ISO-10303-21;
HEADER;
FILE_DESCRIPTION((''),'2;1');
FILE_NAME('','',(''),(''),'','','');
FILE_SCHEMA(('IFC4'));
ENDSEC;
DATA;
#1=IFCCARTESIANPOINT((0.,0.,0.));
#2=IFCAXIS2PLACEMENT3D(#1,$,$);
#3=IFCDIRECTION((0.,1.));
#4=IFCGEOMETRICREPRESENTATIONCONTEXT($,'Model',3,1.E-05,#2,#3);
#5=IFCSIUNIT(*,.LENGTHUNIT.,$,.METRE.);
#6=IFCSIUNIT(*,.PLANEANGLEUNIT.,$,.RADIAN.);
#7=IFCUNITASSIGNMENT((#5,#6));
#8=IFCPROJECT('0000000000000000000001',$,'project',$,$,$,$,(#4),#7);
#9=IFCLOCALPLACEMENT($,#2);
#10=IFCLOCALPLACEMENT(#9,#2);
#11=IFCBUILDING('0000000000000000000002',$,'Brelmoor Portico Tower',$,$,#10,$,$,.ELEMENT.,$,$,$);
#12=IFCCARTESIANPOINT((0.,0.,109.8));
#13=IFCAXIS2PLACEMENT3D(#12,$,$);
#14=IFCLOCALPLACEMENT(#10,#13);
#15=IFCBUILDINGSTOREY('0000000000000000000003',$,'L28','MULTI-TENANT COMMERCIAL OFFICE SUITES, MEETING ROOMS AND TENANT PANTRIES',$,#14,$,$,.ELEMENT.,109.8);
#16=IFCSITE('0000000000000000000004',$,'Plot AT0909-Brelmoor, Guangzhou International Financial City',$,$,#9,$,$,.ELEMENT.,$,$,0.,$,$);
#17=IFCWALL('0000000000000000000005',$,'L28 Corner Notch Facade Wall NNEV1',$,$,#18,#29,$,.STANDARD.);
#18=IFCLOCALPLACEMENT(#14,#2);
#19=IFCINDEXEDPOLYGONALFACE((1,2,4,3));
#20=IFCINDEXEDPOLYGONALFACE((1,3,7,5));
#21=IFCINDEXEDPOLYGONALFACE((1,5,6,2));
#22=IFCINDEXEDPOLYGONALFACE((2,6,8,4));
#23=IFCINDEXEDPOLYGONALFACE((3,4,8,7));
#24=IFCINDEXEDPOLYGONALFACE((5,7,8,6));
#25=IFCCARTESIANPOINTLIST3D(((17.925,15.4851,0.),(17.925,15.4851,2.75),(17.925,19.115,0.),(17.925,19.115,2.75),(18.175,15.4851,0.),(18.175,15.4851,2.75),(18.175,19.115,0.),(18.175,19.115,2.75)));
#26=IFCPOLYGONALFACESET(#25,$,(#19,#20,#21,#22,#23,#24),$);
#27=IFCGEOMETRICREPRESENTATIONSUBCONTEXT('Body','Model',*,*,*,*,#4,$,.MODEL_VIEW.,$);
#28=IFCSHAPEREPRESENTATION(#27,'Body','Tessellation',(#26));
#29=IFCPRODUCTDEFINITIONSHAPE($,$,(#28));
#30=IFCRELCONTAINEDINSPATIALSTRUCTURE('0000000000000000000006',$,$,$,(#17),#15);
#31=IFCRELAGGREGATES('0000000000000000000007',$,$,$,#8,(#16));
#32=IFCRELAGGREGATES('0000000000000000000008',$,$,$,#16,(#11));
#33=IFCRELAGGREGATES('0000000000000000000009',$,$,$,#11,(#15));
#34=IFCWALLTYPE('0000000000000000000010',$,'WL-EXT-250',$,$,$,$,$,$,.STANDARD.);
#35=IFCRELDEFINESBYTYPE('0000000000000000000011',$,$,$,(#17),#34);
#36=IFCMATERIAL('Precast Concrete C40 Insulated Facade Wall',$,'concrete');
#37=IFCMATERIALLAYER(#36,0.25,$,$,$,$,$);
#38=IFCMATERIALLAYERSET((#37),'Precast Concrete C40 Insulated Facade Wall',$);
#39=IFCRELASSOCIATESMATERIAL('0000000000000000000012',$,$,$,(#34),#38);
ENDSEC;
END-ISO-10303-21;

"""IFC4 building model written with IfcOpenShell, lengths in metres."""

from ifc_helpers import new_model, si_unit, direction, frame, frame_2d, origin, place, context, subcontext, project, spatial, rectangle, extrude, material, layer, layer_set, type_object, element, save


model = new_model("IFC4")

# Units and contexts
model_context = context("Model", 3, precision=1e-05, world=origin(), true_north=direction((0.0, 1.0)))
body_context = subcontext(model_context, "Body", "Model", "MODEL_VIEW")
ifc_project = project(units=[si_unit("LENGTHUNIT", "METRE"), si_unit("PLANEANGLEUNIT", "RADIAN")], contexts=[model_context])

# Site, building, storey
site_placement = place(None, origin())
site = spatial("IfcSite", under=ifc_project, at=site_placement, Name="Plot AT0909-Brelmoor, Guangzhou International Financial City", CompositionType="ELEMENT", RefElevation=0.0)
building_placement = place(site_placement, origin())
building = spatial("IfcBuilding", under=site, at=building_placement, Name="Brelmoor Portico Tower", CompositionType="ELEMENT")
storey_placement = place(building_placement, frame((0.0, 0.0, 109.8)))
storey = spatial("IfcBuildingStorey", under=building, at=storey_placement, Name="L28", Description="MULTI-TENANT COMMERCIAL OFFICE SUITES, MEETING ROOMS AND TENANT PANTRIES", CompositionType="ELEMENT", Elevation=109.8)

# Wall
ifc_material_1 = material(Name="Precast Concrete C40 Insulated Facade Wall", Category="concrete")
ifc_layer_1 = layer(ifc_material_1, 0.25)
ifc_layer_set_1 = layer_set([ifc_layer_1], Name="Precast Concrete C40 Insulated Facade Wall")
wall_type = type_object("IfcWallType", Name="WL-EXT-250", PredefinedType="STANDARD", material=ifc_layer_set_1)
for number, where, z_axis, x_axis, name in (
    (1, (18.05, 15.4851, 0.0), (0.0, 0.0, 1.0), (0.0, 1.0, 0.0), "L28 Corner Notch Facade Wall NNEV1"),
):
    element("IfcWall", number, at=place(storey_placement, frame(where, z_axis=z_axis, x_axis=x_axis)), inside=storey, type_object=wall_type, Name=name, PredefinedType="STANDARD", context=body_context, shape_type="SweptSolid", body=[
        extrude(rectangle(XDim=3.6299, YDim=0.25, at=frame_2d((1.8149, 0.0))), origin(), (0.0, 0.0, 1.0), 2.75),
    ])

save(model, "model.ifc")
